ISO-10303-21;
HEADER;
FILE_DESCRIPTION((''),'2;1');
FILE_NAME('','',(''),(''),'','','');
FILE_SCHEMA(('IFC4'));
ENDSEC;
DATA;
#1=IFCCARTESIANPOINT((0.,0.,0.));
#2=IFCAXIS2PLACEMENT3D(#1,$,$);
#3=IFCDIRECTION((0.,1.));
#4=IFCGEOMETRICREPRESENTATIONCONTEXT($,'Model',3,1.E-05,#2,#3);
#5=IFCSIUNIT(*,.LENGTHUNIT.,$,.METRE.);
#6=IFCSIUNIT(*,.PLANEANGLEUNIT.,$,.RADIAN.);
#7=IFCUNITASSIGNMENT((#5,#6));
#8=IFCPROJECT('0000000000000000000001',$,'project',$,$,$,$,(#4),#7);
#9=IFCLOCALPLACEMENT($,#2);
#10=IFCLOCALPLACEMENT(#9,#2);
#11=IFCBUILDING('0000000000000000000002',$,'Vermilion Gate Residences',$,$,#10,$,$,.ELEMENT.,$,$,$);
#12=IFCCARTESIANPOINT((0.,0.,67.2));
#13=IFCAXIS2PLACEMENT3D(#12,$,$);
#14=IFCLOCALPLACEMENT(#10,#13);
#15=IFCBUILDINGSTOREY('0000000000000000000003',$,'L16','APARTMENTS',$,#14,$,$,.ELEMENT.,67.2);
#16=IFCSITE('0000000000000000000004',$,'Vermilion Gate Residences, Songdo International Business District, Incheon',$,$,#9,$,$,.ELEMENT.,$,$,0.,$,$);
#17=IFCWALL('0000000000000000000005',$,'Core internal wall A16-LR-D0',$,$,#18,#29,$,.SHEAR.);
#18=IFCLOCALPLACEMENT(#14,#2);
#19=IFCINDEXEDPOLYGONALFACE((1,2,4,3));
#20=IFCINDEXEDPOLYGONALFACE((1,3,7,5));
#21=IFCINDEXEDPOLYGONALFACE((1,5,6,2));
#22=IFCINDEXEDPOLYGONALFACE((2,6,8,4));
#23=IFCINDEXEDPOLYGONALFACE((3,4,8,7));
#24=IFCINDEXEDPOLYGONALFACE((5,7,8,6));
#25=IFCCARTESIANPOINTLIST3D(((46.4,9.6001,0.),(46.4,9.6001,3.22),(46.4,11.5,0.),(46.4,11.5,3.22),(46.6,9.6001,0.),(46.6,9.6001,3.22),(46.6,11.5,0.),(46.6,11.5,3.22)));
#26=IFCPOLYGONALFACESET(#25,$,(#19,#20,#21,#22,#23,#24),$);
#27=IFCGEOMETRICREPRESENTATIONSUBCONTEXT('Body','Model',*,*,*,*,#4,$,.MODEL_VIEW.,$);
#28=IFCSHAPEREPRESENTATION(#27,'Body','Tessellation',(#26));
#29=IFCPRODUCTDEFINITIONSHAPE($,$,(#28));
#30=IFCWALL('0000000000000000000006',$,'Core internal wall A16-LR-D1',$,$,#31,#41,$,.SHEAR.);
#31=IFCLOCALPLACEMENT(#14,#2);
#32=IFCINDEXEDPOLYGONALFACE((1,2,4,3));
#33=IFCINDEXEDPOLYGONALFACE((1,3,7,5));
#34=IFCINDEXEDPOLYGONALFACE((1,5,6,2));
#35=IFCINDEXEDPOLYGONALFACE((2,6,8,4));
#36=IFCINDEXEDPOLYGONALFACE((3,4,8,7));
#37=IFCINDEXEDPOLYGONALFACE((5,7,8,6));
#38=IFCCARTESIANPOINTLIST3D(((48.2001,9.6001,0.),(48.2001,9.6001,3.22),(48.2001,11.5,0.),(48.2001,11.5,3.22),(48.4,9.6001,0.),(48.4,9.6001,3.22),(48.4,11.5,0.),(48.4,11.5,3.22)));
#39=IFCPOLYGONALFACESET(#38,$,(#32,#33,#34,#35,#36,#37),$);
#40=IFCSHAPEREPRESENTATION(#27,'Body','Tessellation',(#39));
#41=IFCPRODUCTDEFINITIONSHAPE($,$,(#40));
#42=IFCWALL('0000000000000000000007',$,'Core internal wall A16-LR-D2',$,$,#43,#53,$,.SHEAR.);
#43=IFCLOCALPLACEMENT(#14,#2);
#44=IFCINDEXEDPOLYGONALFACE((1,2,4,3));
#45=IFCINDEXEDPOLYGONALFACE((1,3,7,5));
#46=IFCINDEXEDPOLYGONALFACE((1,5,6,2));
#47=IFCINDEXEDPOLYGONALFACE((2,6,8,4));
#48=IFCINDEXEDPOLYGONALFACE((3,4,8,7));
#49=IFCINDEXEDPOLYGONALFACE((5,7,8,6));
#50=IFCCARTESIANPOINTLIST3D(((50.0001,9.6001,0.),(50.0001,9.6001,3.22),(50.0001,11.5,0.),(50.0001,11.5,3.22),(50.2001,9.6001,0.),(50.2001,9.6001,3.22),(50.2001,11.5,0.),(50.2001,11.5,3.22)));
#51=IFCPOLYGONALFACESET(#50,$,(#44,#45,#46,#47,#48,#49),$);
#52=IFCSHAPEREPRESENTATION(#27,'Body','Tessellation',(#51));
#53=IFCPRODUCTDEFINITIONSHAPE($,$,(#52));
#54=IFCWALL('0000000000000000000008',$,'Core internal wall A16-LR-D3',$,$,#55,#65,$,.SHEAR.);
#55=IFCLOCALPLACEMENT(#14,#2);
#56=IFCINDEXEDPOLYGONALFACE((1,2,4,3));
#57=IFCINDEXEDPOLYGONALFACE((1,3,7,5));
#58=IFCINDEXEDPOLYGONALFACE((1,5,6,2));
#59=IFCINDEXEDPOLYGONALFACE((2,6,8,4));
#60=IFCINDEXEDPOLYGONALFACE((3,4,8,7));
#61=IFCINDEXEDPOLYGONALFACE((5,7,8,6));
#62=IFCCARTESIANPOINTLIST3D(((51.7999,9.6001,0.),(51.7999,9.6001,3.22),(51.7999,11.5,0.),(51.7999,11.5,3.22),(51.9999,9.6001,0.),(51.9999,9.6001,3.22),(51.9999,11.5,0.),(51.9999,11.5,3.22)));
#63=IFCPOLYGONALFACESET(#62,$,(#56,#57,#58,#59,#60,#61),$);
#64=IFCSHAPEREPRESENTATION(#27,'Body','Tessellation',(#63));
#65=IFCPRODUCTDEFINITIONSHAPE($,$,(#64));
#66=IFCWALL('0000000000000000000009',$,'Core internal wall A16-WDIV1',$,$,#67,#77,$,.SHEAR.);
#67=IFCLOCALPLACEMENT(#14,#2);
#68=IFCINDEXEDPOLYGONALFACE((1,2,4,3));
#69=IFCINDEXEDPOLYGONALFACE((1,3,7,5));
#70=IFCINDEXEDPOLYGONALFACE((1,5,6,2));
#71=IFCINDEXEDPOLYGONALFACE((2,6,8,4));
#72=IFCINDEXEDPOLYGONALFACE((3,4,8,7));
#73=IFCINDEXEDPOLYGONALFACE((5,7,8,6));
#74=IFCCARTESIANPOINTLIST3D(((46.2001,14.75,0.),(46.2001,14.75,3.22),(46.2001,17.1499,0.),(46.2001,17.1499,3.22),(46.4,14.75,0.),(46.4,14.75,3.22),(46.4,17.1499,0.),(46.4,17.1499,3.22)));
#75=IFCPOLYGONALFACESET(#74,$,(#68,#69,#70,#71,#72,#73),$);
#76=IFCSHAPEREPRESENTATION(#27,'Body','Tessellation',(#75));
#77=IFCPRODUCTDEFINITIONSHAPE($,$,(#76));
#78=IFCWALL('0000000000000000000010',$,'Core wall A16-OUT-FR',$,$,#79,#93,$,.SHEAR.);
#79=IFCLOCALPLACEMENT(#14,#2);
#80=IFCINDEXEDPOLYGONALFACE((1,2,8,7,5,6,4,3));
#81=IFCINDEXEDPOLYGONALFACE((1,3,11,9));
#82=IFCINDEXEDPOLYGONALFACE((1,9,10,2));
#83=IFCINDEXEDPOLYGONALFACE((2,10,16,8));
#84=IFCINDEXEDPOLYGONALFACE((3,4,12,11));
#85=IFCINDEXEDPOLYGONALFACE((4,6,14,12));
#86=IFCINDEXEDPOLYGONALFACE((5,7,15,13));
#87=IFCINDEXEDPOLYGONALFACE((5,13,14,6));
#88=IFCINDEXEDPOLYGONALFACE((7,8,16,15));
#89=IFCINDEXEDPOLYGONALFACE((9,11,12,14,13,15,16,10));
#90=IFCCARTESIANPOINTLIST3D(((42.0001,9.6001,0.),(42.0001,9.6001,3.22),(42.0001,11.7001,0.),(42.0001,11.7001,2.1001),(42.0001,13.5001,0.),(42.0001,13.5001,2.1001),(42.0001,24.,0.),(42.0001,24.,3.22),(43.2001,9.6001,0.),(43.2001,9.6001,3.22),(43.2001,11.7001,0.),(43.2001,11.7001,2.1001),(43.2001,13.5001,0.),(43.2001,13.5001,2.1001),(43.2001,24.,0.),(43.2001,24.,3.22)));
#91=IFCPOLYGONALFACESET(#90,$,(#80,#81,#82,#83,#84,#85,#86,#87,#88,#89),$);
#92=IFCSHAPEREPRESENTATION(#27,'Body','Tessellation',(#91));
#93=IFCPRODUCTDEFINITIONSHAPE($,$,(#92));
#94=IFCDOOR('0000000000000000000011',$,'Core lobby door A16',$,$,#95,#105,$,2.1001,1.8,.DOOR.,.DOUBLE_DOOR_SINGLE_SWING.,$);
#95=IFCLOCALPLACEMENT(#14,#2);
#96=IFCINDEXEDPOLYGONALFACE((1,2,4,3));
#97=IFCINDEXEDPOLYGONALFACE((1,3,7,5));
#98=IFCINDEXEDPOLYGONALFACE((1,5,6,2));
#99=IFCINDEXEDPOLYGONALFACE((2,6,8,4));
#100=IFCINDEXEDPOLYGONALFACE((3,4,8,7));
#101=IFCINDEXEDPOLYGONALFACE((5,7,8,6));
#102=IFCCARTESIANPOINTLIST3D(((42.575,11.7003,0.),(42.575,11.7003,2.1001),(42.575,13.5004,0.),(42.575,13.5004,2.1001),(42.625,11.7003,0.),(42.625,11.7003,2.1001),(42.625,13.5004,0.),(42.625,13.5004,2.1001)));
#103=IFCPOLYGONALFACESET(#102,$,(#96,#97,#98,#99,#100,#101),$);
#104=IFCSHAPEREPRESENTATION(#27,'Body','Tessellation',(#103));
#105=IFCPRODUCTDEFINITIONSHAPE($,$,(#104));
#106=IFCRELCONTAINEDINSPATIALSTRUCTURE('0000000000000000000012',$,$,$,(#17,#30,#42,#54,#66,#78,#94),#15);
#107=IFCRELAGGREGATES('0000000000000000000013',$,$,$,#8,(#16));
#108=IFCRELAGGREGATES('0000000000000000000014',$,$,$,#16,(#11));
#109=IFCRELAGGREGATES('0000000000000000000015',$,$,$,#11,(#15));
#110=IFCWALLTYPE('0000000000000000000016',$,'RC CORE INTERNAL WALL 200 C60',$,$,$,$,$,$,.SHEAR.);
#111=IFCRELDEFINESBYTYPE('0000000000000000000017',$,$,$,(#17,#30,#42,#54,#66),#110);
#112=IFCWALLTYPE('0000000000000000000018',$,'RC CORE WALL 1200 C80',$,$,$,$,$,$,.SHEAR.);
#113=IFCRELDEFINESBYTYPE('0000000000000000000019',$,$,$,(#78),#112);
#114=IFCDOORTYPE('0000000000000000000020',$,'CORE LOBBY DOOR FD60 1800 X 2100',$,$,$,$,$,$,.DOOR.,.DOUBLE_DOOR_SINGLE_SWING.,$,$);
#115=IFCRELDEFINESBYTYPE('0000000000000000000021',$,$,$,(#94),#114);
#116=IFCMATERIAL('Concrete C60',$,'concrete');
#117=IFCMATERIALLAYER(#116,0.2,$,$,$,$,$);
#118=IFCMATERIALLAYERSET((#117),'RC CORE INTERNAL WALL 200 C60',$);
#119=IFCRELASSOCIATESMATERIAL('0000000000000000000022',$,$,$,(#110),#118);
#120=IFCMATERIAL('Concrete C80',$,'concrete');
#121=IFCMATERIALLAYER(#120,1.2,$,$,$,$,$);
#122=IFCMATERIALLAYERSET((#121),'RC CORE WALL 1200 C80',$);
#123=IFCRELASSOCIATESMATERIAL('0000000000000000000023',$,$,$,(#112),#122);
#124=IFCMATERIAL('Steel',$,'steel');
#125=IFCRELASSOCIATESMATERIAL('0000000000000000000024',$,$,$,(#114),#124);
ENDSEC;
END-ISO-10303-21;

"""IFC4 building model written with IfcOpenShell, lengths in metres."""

from ifc_helpers import new_model, si_unit, direction, frame, frame_2d, origin, place, context, subcontext, project, spatial, rectangle, extrude, material, layer, layer_set, type_object, element, fill, save


model = new_model("IFC4")

# Units and contexts
model_context = context("Model", 3, precision=1e-05, world=origin(), true_north=direction((0.0, 1.0)))
body_context = subcontext(model_context, "Body", "Model", "MODEL_VIEW")
ifc_project = project(units=[si_unit("LENGTHUNIT", "METRE"), si_unit("PLANEANGLEUNIT", "RADIAN")], contexts=[model_context])

# Site, building, storey
site_placement = place(None, origin())
site = spatial("IfcSite", under=ifc_project, at=site_placement, Name="Vermilion Gate Residences, Songdo International Business District, Incheon", CompositionType="ELEMENT", RefElevation=0.0)
building_placement = place(site_placement, origin())
building = spatial("IfcBuilding", under=site, at=building_placement, Name="Vermilion Gate Residences", CompositionType="ELEMENT")
storey_placement = place(building_placement, frame((0.0, 0.0, 67.2)))
storey = spatial("IfcBuildingStorey", under=building, at=storey_placement, Name="L16", Description="APARTMENTS", CompositionType="ELEMENT", Elevation=67.2)

# Walls
ifc_material_1 = material(Name="Concrete C60", Category="concrete")
ifc_layer_1 = layer(ifc_material_1, 0.2)
ifc_layer_set_1 = layer_set([ifc_layer_1], Name="RC CORE INTERNAL WALL 200 C60")
wall_type_1 = type_object("IfcWallType", Name="RC CORE INTERNAL WALL 200 C60", PredefinedType="SHEAR", material=ifc_layer_set_1)
for number, where, z_axis, x_axis, name in (
    (1, (46.5, 9.6001, 0.0), (0.0, 0.0, 1.0), (0.0, 1.0, 0.0), "Core internal wall A16-LR-D0"),
    (2, (48.3, 9.6001, 0.0), (0.0, 0.0, 1.0), (0.0, 1.0, 0.0), "Core internal wall A16-LR-D1"),
    (3, (50.1001, 9.6001, 0.0), (0.0, 0.0, 1.0), (0.0, 1.0, 0.0), "Core internal wall A16-LR-D2"),
    (4, (51.8999, 9.6001, 0.0), (0.0, 0.0, 1.0), (0.0, 1.0, 0.0), "Core internal wall A16-LR-D3"),
):
    element("IfcWall", number, at=place(storey_placement, frame(where, z_axis=z_axis, x_axis=x_axis)), inside=storey, type_object=wall_type_1, Name=name, PredefinedType="SHEAR", context=body_context, shape_type="SweptSolid", body=[
        extrude(rectangle(XDim=1.8999, YDim=0.2, at=frame_2d((0.95, 0.0))), origin(), (0.0, 0.0, 1.0), 3.22),
    ])
wall_1_placement = place(storey_placement, frame((46.3, 14.75, 0.0), z_axis=(0.0, 0.0, 1.0), x_axis=(0.0, 1.0, 0.0)))
element("IfcWall", 5, at=wall_1_placement, inside=storey, type_object=wall_type_1, Name="Core internal wall A16-WDIV1", PredefinedType="SHEAR", context=body_context, shape_type="SweptSolid", body=[
    extrude(rectangle(XDim=2.3999, YDim=0.2, at=frame_2d((1.2, 0.0))), origin(), (0.0, 0.0, 1.0), 3.22),
])

# Wall, opening, door
ifc_material_2 = material(Name="Concrete C80", Category="concrete")
ifc_layer_2 = layer(ifc_material_2, 1.2)
ifc_layer_set_2 = layer_set([ifc_layer_2], Name="RC CORE WALL 1200 C80")
wall_type_2 = type_object("IfcWallType", Name="RC CORE WALL 1200 C80", PredefinedType="SHEAR", material=ifc_layer_set_2)
wall_2_placement = place(storey_placement, frame((42.6001, 9.6001, 0.0), z_axis=(0.0, 0.0, 1.0), x_axis=(0.0, 1.0, 0.0)))
wall_2 = element("IfcWall", 6, at=wall_2_placement, inside=storey, type_object=wall_type_2, Name="Core wall A16-OUT-FR", PredefinedType="SHEAR", context=body_context, shape_type="SweptSolid", body=[
    extrude(rectangle(XDim=14.3999, YDim=1.2, at=frame_2d((7.2, 0.0))), origin(), (0.0, 0.0, 1.0), 3.22),
])
opening_1_placement = place(wall_2_placement, frame((2.1001, 0.0, 0.0)))
opening_1 = element("IfcOpeningElement", 7, at=opening_1_placement, cuts=wall_2, PredefinedType="OPENING", context=body_context, shape_type="SweptSolid", body=[
    extrude(rectangle(XDim=1.8, YDim=2.1001, at=frame_2d((0.8999, 1.05))), frame((0.0, 0.6099, 0.0), z_axis=(0.0, -1.0, 0.0), x_axis=(1.0, 0.0, 0.0)), (0.0, 0.0, 1.0), 1.22),
])
ifc_material_3 = material(Name="Steel", Category="steel")
door_type_1 = type_object("IfcDoorType", Name="CORE LOBBY DOOR FD60 1800 X 2100", OperationType="DOUBLE_DOOR_SINGLE_SWING", PredefinedType="DOOR", material=ifc_material_3)
door_1_placement = place(opening_1_placement, frame((1.8, 0.0, 0.0), z_axis=(0.0, 0.0, 1.0), x_axis=(-1.0, 0.0, 0.0)))
door_1 = element("IfcDoor", 8, at=door_1_placement, inside=storey, type_object=door_type_1, Name="Core lobby door A16", OperationType="DOUBLE_DOOR_SINGLE_SWING", OverallHeight=2.1001, OverallWidth=1.8, PredefinedType="DOOR", context=body_context, shape_type="SweptSolid", body=[
    extrude(rectangle(XDim=1.8, YDim=2.1001, at=frame_2d((0.8999, 1.05))), frame((0.0, 0.0249, 0.0), z_axis=(0.0, -1.0, 0.0), x_axis=(1.0, 0.0, 0.0)), (0.0, 0.0, 1.0), 0.05),
])
fill(opening_1, door_1)

save(model, "model.ifc")
